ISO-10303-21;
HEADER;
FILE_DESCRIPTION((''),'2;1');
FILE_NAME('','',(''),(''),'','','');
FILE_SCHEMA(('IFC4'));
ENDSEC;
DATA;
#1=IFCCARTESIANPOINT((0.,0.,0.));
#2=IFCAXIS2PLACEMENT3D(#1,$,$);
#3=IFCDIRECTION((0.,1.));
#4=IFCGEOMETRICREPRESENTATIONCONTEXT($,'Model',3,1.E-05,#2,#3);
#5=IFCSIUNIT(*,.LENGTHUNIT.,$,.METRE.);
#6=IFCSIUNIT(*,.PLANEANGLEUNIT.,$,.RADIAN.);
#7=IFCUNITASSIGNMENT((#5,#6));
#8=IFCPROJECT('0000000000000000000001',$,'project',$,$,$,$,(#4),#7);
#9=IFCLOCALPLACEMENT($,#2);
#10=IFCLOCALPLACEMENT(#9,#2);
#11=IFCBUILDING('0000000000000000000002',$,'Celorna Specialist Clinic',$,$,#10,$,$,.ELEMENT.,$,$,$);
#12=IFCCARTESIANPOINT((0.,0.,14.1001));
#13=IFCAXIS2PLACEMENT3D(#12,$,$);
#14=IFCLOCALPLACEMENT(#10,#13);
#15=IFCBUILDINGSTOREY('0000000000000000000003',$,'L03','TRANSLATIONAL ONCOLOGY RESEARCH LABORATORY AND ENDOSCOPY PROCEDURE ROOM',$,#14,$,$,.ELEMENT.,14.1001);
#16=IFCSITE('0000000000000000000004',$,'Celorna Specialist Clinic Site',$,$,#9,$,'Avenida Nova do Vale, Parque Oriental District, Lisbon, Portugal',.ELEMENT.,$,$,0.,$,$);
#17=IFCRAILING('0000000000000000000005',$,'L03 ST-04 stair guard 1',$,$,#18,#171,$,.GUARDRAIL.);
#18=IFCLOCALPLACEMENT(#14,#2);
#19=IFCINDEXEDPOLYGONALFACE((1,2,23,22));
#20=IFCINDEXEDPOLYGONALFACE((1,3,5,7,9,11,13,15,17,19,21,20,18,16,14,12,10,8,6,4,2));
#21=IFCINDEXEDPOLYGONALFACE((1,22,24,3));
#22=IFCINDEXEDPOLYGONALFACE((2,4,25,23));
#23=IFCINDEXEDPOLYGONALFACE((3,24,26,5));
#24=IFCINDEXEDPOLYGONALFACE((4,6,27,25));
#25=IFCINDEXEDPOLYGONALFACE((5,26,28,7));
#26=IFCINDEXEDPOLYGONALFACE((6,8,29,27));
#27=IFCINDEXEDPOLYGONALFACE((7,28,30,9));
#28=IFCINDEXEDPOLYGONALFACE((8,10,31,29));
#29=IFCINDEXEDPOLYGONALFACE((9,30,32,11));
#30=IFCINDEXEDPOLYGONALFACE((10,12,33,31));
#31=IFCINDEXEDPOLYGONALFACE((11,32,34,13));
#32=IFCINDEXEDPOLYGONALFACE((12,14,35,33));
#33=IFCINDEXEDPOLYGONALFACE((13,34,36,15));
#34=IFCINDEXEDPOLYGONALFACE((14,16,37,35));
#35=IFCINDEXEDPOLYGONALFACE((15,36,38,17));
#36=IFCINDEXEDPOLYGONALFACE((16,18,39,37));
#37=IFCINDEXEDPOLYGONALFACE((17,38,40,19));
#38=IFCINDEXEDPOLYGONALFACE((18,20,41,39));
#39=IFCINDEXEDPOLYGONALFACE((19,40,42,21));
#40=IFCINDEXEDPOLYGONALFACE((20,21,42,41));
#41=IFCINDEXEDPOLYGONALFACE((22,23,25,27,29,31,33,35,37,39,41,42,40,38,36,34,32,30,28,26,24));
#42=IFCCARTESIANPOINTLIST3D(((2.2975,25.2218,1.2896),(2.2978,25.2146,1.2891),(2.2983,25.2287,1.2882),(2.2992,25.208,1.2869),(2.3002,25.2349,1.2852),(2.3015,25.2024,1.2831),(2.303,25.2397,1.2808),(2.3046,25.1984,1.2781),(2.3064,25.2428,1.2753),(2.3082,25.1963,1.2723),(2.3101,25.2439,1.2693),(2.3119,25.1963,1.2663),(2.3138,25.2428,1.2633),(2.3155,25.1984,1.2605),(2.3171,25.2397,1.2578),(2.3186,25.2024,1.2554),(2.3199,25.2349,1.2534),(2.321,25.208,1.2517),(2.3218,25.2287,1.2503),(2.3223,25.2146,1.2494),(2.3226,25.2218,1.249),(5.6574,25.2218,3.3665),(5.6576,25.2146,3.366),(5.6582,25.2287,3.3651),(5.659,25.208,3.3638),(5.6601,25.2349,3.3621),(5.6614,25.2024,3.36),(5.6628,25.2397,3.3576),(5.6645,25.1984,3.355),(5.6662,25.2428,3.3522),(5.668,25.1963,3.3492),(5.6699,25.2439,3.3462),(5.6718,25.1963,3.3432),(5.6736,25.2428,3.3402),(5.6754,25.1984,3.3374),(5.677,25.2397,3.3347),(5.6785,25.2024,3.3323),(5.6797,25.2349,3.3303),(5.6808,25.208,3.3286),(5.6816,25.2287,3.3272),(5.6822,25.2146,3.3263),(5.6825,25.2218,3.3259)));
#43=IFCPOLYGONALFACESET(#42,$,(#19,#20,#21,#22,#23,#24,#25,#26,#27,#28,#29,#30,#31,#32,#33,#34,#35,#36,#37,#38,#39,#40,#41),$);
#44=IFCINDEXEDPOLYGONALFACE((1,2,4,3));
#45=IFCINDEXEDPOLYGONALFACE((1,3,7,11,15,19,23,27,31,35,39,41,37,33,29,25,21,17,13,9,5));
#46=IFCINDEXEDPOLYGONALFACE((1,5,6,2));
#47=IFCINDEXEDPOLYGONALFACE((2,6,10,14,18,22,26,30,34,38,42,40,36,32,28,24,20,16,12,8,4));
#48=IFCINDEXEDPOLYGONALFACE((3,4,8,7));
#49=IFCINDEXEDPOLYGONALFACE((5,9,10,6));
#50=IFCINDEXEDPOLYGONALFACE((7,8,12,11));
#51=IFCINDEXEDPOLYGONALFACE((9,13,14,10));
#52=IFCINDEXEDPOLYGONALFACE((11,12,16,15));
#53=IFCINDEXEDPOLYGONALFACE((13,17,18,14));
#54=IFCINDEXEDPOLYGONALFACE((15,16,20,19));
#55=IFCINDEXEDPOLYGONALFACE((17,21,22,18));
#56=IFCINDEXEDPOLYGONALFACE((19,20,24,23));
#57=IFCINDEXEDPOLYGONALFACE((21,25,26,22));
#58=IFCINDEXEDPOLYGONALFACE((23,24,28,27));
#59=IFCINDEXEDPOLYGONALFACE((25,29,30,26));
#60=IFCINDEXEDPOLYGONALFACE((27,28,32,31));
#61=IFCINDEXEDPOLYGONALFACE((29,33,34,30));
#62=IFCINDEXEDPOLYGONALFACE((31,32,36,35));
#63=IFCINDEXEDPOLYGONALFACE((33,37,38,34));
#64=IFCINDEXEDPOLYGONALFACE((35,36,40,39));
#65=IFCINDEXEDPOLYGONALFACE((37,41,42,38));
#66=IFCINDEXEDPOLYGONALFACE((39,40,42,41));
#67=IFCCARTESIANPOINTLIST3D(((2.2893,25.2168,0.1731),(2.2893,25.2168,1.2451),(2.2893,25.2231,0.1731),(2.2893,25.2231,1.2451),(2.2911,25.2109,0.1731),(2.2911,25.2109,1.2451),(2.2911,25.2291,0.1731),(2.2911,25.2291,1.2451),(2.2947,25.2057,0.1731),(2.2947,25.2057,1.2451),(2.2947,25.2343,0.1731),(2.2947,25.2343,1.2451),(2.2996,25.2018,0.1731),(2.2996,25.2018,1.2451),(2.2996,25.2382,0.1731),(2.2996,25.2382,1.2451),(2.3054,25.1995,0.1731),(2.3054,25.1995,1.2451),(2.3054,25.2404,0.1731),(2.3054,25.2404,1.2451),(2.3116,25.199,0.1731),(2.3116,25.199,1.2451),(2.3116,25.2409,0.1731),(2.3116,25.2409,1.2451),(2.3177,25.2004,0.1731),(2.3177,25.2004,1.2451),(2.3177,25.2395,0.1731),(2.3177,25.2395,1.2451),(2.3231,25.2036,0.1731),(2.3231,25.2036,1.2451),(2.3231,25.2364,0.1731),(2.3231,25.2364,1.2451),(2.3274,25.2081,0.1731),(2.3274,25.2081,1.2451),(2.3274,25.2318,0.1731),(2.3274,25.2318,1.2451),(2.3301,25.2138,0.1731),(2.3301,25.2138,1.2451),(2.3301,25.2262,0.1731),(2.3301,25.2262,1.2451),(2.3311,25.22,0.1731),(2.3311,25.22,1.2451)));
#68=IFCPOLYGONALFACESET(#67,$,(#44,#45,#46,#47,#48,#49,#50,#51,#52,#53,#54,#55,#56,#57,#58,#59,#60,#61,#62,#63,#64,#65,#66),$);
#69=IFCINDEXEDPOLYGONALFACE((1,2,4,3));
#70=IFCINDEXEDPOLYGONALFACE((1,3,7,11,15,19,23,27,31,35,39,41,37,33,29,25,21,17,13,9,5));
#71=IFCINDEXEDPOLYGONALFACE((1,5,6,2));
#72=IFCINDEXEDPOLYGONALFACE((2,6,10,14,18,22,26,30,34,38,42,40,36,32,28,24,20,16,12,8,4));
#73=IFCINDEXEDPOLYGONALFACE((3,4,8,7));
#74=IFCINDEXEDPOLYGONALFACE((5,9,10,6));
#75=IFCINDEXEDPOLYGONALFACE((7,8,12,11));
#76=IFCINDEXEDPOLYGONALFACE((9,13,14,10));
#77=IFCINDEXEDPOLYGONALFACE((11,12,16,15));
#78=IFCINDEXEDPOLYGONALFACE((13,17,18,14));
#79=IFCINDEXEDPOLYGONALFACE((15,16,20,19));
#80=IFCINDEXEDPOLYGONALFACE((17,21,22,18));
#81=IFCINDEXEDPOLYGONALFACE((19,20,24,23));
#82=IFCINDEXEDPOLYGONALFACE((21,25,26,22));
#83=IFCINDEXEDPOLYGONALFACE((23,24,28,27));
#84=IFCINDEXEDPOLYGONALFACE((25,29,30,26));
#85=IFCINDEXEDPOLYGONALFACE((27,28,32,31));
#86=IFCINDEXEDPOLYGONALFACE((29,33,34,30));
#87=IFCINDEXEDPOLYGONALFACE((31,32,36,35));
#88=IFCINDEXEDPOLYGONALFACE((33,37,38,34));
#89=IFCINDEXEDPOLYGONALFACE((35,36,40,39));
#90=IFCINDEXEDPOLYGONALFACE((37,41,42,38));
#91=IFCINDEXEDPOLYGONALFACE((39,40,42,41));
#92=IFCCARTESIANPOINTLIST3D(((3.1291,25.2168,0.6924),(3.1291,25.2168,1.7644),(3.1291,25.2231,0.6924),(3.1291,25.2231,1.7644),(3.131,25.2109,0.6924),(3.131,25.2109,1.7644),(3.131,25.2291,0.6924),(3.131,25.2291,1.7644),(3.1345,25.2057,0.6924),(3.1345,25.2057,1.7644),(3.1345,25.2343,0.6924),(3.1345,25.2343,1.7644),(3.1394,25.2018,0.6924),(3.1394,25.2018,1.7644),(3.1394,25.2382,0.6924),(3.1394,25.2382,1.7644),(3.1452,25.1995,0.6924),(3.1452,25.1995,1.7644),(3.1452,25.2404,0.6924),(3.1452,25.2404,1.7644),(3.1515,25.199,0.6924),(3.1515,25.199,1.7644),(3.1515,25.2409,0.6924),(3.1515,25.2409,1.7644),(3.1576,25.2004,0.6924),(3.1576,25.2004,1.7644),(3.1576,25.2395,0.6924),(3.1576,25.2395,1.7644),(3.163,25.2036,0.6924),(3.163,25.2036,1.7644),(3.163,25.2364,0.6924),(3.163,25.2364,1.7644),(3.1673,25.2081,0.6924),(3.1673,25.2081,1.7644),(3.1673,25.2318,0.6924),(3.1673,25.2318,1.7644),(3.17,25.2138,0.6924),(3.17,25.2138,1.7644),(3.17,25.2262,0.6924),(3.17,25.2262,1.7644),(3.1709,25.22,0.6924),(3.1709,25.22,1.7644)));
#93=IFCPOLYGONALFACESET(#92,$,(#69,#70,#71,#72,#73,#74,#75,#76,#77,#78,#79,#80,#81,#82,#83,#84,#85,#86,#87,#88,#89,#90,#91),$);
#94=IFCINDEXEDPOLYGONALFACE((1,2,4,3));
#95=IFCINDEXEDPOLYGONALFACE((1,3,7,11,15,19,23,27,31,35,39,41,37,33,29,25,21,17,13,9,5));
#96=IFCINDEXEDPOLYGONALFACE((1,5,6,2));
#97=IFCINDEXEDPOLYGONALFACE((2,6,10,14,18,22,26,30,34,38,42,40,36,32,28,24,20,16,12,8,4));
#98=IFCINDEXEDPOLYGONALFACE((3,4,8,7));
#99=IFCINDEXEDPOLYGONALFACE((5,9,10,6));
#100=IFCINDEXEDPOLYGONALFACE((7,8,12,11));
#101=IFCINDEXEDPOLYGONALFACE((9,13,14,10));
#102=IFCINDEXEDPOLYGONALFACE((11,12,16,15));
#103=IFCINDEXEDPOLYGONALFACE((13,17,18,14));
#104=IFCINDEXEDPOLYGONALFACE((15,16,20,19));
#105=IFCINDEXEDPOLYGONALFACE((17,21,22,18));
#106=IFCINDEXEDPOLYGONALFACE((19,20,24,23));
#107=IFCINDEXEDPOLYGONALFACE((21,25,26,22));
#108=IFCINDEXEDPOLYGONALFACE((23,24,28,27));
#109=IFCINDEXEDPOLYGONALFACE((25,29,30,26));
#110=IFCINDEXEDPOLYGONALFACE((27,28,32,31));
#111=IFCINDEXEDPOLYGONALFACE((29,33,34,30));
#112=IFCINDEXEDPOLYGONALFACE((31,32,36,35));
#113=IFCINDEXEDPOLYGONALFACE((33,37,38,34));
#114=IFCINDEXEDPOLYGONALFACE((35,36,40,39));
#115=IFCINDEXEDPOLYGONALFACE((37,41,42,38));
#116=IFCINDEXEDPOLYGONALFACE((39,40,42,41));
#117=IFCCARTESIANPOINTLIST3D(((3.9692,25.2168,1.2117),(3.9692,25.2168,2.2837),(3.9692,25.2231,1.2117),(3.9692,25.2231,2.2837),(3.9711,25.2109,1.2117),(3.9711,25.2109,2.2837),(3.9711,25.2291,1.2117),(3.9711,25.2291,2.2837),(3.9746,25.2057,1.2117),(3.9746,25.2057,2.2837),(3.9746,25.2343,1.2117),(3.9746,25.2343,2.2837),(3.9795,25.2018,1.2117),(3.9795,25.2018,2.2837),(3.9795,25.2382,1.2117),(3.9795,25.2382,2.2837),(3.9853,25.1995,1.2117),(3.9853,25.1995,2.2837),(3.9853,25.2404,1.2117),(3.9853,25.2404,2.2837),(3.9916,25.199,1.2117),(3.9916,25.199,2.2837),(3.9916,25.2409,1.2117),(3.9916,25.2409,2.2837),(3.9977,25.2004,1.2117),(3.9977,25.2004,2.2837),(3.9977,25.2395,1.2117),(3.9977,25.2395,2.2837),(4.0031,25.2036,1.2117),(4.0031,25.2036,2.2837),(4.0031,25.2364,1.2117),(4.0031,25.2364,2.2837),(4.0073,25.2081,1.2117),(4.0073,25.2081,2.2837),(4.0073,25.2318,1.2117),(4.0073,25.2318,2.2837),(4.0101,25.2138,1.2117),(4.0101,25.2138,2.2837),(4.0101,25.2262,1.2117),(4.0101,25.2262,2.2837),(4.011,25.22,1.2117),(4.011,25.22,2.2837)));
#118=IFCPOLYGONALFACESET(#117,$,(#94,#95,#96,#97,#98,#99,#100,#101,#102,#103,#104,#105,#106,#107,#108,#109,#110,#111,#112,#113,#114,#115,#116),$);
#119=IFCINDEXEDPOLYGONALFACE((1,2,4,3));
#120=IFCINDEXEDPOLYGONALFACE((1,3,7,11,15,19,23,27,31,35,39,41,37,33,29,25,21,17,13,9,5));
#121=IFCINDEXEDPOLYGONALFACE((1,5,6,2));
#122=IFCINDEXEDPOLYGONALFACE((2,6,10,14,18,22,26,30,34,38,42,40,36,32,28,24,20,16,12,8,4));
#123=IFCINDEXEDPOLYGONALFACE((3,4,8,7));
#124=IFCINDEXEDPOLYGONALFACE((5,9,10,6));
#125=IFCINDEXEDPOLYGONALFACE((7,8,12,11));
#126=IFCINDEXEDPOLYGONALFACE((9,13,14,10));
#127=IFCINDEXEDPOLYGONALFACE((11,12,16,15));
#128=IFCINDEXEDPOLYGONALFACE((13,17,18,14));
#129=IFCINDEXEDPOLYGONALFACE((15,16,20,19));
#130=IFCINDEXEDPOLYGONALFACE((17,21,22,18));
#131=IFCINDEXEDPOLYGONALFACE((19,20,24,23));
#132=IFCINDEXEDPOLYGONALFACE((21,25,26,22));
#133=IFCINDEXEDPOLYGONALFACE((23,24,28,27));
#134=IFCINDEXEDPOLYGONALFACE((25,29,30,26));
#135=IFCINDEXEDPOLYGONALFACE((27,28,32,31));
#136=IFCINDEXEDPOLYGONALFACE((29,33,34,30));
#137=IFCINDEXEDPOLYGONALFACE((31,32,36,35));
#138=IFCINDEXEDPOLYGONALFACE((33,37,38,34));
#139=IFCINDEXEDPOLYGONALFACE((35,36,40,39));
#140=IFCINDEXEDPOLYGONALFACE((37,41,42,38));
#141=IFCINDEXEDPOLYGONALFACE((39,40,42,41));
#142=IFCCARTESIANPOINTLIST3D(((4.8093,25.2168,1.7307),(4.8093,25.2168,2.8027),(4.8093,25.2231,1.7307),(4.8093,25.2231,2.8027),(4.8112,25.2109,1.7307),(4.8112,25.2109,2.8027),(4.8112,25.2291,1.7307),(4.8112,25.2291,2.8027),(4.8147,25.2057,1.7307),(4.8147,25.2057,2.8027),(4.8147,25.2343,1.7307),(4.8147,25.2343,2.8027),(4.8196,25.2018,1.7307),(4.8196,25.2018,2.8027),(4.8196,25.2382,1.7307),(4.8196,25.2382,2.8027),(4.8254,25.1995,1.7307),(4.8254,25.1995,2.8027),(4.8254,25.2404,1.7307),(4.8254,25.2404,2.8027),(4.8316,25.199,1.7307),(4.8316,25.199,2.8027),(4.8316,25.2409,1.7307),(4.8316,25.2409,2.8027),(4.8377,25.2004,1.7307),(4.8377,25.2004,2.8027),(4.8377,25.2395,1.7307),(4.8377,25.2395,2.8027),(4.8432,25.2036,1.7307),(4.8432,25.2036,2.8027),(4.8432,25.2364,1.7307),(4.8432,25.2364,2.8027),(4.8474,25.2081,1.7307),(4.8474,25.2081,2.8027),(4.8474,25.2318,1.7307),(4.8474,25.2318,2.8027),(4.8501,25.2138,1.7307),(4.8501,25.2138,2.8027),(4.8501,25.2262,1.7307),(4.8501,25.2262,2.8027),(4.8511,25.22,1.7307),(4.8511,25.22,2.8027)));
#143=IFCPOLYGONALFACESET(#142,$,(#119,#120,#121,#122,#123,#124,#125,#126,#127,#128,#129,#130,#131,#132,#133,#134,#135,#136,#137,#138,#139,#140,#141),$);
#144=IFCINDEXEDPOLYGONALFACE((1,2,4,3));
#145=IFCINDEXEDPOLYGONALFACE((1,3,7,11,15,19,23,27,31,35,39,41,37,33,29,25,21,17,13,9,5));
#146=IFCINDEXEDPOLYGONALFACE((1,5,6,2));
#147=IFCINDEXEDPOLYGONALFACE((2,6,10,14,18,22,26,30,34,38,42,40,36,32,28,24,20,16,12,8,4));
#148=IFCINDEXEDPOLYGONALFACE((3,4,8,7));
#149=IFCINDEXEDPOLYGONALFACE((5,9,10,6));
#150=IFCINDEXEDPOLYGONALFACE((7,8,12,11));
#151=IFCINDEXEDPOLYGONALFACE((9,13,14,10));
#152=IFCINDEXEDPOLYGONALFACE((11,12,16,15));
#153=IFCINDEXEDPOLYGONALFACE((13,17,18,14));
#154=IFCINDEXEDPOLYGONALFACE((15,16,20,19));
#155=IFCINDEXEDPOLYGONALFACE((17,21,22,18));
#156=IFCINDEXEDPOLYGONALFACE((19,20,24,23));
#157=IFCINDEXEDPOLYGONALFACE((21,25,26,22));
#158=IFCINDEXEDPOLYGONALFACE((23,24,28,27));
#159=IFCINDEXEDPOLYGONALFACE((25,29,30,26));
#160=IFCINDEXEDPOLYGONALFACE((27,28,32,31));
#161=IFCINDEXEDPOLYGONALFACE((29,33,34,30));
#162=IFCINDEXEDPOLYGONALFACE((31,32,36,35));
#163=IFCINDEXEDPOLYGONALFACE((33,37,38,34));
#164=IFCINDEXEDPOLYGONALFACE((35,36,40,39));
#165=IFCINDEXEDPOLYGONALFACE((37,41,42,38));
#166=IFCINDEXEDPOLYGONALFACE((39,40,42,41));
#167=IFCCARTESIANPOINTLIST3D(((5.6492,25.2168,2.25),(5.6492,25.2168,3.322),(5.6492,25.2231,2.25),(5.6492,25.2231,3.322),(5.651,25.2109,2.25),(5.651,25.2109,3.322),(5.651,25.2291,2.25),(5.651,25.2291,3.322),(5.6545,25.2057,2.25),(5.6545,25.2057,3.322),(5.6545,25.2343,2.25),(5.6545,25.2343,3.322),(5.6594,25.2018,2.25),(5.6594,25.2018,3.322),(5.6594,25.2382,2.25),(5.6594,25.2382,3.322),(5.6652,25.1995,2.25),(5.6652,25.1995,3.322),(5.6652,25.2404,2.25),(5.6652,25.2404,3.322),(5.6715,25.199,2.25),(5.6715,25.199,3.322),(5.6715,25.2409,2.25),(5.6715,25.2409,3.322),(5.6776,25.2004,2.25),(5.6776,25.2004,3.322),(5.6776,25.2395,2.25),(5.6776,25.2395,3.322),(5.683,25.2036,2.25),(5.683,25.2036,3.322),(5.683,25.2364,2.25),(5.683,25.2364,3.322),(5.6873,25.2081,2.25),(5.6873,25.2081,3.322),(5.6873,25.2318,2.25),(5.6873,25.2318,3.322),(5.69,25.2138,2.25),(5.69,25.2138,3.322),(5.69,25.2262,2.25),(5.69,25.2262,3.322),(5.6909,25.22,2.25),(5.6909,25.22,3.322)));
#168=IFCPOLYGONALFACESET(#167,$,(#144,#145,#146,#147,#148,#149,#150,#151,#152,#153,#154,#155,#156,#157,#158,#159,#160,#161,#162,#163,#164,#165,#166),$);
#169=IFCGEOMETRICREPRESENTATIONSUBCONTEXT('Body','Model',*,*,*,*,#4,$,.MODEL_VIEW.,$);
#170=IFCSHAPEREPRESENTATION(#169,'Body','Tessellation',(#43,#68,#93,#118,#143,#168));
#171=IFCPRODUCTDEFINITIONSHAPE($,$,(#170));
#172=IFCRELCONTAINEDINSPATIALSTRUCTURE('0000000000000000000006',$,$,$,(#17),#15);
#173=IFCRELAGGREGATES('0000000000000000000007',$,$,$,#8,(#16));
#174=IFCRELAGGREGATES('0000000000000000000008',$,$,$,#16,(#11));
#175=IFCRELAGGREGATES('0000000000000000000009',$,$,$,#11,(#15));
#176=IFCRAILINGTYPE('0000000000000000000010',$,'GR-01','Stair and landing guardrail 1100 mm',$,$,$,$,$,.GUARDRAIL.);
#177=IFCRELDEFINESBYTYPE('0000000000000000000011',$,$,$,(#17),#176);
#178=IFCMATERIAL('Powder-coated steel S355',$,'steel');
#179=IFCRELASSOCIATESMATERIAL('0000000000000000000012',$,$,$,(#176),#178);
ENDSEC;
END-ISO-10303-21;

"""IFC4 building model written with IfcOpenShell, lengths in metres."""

from ifc_helpers import new_model, si_unit, direction, frame, origin, origin_2d, place, context, subcontext, project, spatial, circle, extrude, material, type_object, element, save


model = new_model("IFC4")

# Units and contexts
model_context = context("Model", 3, precision=1e-05, world=origin(), true_north=direction((0.0, 1.0)))
body_context = subcontext(model_context, "Body", "Model", "MODEL_VIEW")
ifc_project = project(units=[si_unit("LENGTHUNIT", "METRE"), si_unit("PLANEANGLEUNIT", "RADIAN")], contexts=[model_context])

# Site, building, storey
site_placement = place(None, origin())
site = spatial("IfcSite", under=ifc_project, at=site_placement, Name="Celorna Specialist Clinic Site", LongName="Avenida Nova do Vale, Parque Oriental District, Lisbon, Portugal", CompositionType="ELEMENT", RefElevation=0.0)
building_placement = place(site_placement, origin())
building = spatial("IfcBuilding", under=site, at=building_placement, Name="Celorna Specialist Clinic", CompositionType="ELEMENT")
storey_placement = place(building_placement, frame((0.0, 0.0, 14.1001)))
storey = spatial("IfcBuildingStorey", under=building, at=storey_placement, Name="L03", Description="TRANSLATIONAL ONCOLOGY RESEARCH LABORATORY AND ENDOSCOPY PROCEDURE ROOM", CompositionType="ELEMENT", Elevation=14.1001)

# Railing
ifc_material_1 = material(Name="Powder-coated steel S355", Category="steel")
railing_type_1 = type_object("IfcRailingType", Name="GR-01", Description="Stair and landing guardrail 1100 mm", PredefinedType="GUARDRAIL", material=ifc_material_1)
railing_1_placement = place(storey_placement, frame((2.3101, 25.22, 0.1731)))
element("IfcRailing", 1, at=railing_1_placement, inside=storey, type_object=railing_type_1, Name="L03 ST-04 stair guard 1", PredefinedType="GUARDRAIL", context=body_context, shape_type="SweptSolid", body=[
    extrude(circle(Radius=0.0239, at=origin_2d()), frame((0.0, 0.0, 1.0962), z_axis=(0.850606, 0.0, 0.525803), x_axis=(0.0, 1.0, 0.0)), (0.0, 0.0, 1.0), 3.95),
    extrude(circle(Radius=0.021, at=origin_2d()), origin(), (0.0, 0.0, 1.0), 1.072),
    extrude(circle(Radius=0.021, at=origin_2d()), frame((0.8398, 0.0, 0.5193)), (0.0, 0.0, 1.0), 1.072),
    extrude(circle(Radius=0.021, at=origin_2d()), frame((1.6799, 0.0, 1.0386)), (0.0, 0.0, 1.0), 1.072),
    extrude(circle(Radius=0.021, at=origin_2d()), frame((2.52, 0.0, 1.5576)), (0.0, 0.0, 1.0), 1.072),
    extrude(circle(Radius=0.021, at=origin_2d()), frame((3.3599, 0.0, 2.0769)), (0.0, 0.0, 1.0), 1.072),
])

save(model, "model.ifc")
